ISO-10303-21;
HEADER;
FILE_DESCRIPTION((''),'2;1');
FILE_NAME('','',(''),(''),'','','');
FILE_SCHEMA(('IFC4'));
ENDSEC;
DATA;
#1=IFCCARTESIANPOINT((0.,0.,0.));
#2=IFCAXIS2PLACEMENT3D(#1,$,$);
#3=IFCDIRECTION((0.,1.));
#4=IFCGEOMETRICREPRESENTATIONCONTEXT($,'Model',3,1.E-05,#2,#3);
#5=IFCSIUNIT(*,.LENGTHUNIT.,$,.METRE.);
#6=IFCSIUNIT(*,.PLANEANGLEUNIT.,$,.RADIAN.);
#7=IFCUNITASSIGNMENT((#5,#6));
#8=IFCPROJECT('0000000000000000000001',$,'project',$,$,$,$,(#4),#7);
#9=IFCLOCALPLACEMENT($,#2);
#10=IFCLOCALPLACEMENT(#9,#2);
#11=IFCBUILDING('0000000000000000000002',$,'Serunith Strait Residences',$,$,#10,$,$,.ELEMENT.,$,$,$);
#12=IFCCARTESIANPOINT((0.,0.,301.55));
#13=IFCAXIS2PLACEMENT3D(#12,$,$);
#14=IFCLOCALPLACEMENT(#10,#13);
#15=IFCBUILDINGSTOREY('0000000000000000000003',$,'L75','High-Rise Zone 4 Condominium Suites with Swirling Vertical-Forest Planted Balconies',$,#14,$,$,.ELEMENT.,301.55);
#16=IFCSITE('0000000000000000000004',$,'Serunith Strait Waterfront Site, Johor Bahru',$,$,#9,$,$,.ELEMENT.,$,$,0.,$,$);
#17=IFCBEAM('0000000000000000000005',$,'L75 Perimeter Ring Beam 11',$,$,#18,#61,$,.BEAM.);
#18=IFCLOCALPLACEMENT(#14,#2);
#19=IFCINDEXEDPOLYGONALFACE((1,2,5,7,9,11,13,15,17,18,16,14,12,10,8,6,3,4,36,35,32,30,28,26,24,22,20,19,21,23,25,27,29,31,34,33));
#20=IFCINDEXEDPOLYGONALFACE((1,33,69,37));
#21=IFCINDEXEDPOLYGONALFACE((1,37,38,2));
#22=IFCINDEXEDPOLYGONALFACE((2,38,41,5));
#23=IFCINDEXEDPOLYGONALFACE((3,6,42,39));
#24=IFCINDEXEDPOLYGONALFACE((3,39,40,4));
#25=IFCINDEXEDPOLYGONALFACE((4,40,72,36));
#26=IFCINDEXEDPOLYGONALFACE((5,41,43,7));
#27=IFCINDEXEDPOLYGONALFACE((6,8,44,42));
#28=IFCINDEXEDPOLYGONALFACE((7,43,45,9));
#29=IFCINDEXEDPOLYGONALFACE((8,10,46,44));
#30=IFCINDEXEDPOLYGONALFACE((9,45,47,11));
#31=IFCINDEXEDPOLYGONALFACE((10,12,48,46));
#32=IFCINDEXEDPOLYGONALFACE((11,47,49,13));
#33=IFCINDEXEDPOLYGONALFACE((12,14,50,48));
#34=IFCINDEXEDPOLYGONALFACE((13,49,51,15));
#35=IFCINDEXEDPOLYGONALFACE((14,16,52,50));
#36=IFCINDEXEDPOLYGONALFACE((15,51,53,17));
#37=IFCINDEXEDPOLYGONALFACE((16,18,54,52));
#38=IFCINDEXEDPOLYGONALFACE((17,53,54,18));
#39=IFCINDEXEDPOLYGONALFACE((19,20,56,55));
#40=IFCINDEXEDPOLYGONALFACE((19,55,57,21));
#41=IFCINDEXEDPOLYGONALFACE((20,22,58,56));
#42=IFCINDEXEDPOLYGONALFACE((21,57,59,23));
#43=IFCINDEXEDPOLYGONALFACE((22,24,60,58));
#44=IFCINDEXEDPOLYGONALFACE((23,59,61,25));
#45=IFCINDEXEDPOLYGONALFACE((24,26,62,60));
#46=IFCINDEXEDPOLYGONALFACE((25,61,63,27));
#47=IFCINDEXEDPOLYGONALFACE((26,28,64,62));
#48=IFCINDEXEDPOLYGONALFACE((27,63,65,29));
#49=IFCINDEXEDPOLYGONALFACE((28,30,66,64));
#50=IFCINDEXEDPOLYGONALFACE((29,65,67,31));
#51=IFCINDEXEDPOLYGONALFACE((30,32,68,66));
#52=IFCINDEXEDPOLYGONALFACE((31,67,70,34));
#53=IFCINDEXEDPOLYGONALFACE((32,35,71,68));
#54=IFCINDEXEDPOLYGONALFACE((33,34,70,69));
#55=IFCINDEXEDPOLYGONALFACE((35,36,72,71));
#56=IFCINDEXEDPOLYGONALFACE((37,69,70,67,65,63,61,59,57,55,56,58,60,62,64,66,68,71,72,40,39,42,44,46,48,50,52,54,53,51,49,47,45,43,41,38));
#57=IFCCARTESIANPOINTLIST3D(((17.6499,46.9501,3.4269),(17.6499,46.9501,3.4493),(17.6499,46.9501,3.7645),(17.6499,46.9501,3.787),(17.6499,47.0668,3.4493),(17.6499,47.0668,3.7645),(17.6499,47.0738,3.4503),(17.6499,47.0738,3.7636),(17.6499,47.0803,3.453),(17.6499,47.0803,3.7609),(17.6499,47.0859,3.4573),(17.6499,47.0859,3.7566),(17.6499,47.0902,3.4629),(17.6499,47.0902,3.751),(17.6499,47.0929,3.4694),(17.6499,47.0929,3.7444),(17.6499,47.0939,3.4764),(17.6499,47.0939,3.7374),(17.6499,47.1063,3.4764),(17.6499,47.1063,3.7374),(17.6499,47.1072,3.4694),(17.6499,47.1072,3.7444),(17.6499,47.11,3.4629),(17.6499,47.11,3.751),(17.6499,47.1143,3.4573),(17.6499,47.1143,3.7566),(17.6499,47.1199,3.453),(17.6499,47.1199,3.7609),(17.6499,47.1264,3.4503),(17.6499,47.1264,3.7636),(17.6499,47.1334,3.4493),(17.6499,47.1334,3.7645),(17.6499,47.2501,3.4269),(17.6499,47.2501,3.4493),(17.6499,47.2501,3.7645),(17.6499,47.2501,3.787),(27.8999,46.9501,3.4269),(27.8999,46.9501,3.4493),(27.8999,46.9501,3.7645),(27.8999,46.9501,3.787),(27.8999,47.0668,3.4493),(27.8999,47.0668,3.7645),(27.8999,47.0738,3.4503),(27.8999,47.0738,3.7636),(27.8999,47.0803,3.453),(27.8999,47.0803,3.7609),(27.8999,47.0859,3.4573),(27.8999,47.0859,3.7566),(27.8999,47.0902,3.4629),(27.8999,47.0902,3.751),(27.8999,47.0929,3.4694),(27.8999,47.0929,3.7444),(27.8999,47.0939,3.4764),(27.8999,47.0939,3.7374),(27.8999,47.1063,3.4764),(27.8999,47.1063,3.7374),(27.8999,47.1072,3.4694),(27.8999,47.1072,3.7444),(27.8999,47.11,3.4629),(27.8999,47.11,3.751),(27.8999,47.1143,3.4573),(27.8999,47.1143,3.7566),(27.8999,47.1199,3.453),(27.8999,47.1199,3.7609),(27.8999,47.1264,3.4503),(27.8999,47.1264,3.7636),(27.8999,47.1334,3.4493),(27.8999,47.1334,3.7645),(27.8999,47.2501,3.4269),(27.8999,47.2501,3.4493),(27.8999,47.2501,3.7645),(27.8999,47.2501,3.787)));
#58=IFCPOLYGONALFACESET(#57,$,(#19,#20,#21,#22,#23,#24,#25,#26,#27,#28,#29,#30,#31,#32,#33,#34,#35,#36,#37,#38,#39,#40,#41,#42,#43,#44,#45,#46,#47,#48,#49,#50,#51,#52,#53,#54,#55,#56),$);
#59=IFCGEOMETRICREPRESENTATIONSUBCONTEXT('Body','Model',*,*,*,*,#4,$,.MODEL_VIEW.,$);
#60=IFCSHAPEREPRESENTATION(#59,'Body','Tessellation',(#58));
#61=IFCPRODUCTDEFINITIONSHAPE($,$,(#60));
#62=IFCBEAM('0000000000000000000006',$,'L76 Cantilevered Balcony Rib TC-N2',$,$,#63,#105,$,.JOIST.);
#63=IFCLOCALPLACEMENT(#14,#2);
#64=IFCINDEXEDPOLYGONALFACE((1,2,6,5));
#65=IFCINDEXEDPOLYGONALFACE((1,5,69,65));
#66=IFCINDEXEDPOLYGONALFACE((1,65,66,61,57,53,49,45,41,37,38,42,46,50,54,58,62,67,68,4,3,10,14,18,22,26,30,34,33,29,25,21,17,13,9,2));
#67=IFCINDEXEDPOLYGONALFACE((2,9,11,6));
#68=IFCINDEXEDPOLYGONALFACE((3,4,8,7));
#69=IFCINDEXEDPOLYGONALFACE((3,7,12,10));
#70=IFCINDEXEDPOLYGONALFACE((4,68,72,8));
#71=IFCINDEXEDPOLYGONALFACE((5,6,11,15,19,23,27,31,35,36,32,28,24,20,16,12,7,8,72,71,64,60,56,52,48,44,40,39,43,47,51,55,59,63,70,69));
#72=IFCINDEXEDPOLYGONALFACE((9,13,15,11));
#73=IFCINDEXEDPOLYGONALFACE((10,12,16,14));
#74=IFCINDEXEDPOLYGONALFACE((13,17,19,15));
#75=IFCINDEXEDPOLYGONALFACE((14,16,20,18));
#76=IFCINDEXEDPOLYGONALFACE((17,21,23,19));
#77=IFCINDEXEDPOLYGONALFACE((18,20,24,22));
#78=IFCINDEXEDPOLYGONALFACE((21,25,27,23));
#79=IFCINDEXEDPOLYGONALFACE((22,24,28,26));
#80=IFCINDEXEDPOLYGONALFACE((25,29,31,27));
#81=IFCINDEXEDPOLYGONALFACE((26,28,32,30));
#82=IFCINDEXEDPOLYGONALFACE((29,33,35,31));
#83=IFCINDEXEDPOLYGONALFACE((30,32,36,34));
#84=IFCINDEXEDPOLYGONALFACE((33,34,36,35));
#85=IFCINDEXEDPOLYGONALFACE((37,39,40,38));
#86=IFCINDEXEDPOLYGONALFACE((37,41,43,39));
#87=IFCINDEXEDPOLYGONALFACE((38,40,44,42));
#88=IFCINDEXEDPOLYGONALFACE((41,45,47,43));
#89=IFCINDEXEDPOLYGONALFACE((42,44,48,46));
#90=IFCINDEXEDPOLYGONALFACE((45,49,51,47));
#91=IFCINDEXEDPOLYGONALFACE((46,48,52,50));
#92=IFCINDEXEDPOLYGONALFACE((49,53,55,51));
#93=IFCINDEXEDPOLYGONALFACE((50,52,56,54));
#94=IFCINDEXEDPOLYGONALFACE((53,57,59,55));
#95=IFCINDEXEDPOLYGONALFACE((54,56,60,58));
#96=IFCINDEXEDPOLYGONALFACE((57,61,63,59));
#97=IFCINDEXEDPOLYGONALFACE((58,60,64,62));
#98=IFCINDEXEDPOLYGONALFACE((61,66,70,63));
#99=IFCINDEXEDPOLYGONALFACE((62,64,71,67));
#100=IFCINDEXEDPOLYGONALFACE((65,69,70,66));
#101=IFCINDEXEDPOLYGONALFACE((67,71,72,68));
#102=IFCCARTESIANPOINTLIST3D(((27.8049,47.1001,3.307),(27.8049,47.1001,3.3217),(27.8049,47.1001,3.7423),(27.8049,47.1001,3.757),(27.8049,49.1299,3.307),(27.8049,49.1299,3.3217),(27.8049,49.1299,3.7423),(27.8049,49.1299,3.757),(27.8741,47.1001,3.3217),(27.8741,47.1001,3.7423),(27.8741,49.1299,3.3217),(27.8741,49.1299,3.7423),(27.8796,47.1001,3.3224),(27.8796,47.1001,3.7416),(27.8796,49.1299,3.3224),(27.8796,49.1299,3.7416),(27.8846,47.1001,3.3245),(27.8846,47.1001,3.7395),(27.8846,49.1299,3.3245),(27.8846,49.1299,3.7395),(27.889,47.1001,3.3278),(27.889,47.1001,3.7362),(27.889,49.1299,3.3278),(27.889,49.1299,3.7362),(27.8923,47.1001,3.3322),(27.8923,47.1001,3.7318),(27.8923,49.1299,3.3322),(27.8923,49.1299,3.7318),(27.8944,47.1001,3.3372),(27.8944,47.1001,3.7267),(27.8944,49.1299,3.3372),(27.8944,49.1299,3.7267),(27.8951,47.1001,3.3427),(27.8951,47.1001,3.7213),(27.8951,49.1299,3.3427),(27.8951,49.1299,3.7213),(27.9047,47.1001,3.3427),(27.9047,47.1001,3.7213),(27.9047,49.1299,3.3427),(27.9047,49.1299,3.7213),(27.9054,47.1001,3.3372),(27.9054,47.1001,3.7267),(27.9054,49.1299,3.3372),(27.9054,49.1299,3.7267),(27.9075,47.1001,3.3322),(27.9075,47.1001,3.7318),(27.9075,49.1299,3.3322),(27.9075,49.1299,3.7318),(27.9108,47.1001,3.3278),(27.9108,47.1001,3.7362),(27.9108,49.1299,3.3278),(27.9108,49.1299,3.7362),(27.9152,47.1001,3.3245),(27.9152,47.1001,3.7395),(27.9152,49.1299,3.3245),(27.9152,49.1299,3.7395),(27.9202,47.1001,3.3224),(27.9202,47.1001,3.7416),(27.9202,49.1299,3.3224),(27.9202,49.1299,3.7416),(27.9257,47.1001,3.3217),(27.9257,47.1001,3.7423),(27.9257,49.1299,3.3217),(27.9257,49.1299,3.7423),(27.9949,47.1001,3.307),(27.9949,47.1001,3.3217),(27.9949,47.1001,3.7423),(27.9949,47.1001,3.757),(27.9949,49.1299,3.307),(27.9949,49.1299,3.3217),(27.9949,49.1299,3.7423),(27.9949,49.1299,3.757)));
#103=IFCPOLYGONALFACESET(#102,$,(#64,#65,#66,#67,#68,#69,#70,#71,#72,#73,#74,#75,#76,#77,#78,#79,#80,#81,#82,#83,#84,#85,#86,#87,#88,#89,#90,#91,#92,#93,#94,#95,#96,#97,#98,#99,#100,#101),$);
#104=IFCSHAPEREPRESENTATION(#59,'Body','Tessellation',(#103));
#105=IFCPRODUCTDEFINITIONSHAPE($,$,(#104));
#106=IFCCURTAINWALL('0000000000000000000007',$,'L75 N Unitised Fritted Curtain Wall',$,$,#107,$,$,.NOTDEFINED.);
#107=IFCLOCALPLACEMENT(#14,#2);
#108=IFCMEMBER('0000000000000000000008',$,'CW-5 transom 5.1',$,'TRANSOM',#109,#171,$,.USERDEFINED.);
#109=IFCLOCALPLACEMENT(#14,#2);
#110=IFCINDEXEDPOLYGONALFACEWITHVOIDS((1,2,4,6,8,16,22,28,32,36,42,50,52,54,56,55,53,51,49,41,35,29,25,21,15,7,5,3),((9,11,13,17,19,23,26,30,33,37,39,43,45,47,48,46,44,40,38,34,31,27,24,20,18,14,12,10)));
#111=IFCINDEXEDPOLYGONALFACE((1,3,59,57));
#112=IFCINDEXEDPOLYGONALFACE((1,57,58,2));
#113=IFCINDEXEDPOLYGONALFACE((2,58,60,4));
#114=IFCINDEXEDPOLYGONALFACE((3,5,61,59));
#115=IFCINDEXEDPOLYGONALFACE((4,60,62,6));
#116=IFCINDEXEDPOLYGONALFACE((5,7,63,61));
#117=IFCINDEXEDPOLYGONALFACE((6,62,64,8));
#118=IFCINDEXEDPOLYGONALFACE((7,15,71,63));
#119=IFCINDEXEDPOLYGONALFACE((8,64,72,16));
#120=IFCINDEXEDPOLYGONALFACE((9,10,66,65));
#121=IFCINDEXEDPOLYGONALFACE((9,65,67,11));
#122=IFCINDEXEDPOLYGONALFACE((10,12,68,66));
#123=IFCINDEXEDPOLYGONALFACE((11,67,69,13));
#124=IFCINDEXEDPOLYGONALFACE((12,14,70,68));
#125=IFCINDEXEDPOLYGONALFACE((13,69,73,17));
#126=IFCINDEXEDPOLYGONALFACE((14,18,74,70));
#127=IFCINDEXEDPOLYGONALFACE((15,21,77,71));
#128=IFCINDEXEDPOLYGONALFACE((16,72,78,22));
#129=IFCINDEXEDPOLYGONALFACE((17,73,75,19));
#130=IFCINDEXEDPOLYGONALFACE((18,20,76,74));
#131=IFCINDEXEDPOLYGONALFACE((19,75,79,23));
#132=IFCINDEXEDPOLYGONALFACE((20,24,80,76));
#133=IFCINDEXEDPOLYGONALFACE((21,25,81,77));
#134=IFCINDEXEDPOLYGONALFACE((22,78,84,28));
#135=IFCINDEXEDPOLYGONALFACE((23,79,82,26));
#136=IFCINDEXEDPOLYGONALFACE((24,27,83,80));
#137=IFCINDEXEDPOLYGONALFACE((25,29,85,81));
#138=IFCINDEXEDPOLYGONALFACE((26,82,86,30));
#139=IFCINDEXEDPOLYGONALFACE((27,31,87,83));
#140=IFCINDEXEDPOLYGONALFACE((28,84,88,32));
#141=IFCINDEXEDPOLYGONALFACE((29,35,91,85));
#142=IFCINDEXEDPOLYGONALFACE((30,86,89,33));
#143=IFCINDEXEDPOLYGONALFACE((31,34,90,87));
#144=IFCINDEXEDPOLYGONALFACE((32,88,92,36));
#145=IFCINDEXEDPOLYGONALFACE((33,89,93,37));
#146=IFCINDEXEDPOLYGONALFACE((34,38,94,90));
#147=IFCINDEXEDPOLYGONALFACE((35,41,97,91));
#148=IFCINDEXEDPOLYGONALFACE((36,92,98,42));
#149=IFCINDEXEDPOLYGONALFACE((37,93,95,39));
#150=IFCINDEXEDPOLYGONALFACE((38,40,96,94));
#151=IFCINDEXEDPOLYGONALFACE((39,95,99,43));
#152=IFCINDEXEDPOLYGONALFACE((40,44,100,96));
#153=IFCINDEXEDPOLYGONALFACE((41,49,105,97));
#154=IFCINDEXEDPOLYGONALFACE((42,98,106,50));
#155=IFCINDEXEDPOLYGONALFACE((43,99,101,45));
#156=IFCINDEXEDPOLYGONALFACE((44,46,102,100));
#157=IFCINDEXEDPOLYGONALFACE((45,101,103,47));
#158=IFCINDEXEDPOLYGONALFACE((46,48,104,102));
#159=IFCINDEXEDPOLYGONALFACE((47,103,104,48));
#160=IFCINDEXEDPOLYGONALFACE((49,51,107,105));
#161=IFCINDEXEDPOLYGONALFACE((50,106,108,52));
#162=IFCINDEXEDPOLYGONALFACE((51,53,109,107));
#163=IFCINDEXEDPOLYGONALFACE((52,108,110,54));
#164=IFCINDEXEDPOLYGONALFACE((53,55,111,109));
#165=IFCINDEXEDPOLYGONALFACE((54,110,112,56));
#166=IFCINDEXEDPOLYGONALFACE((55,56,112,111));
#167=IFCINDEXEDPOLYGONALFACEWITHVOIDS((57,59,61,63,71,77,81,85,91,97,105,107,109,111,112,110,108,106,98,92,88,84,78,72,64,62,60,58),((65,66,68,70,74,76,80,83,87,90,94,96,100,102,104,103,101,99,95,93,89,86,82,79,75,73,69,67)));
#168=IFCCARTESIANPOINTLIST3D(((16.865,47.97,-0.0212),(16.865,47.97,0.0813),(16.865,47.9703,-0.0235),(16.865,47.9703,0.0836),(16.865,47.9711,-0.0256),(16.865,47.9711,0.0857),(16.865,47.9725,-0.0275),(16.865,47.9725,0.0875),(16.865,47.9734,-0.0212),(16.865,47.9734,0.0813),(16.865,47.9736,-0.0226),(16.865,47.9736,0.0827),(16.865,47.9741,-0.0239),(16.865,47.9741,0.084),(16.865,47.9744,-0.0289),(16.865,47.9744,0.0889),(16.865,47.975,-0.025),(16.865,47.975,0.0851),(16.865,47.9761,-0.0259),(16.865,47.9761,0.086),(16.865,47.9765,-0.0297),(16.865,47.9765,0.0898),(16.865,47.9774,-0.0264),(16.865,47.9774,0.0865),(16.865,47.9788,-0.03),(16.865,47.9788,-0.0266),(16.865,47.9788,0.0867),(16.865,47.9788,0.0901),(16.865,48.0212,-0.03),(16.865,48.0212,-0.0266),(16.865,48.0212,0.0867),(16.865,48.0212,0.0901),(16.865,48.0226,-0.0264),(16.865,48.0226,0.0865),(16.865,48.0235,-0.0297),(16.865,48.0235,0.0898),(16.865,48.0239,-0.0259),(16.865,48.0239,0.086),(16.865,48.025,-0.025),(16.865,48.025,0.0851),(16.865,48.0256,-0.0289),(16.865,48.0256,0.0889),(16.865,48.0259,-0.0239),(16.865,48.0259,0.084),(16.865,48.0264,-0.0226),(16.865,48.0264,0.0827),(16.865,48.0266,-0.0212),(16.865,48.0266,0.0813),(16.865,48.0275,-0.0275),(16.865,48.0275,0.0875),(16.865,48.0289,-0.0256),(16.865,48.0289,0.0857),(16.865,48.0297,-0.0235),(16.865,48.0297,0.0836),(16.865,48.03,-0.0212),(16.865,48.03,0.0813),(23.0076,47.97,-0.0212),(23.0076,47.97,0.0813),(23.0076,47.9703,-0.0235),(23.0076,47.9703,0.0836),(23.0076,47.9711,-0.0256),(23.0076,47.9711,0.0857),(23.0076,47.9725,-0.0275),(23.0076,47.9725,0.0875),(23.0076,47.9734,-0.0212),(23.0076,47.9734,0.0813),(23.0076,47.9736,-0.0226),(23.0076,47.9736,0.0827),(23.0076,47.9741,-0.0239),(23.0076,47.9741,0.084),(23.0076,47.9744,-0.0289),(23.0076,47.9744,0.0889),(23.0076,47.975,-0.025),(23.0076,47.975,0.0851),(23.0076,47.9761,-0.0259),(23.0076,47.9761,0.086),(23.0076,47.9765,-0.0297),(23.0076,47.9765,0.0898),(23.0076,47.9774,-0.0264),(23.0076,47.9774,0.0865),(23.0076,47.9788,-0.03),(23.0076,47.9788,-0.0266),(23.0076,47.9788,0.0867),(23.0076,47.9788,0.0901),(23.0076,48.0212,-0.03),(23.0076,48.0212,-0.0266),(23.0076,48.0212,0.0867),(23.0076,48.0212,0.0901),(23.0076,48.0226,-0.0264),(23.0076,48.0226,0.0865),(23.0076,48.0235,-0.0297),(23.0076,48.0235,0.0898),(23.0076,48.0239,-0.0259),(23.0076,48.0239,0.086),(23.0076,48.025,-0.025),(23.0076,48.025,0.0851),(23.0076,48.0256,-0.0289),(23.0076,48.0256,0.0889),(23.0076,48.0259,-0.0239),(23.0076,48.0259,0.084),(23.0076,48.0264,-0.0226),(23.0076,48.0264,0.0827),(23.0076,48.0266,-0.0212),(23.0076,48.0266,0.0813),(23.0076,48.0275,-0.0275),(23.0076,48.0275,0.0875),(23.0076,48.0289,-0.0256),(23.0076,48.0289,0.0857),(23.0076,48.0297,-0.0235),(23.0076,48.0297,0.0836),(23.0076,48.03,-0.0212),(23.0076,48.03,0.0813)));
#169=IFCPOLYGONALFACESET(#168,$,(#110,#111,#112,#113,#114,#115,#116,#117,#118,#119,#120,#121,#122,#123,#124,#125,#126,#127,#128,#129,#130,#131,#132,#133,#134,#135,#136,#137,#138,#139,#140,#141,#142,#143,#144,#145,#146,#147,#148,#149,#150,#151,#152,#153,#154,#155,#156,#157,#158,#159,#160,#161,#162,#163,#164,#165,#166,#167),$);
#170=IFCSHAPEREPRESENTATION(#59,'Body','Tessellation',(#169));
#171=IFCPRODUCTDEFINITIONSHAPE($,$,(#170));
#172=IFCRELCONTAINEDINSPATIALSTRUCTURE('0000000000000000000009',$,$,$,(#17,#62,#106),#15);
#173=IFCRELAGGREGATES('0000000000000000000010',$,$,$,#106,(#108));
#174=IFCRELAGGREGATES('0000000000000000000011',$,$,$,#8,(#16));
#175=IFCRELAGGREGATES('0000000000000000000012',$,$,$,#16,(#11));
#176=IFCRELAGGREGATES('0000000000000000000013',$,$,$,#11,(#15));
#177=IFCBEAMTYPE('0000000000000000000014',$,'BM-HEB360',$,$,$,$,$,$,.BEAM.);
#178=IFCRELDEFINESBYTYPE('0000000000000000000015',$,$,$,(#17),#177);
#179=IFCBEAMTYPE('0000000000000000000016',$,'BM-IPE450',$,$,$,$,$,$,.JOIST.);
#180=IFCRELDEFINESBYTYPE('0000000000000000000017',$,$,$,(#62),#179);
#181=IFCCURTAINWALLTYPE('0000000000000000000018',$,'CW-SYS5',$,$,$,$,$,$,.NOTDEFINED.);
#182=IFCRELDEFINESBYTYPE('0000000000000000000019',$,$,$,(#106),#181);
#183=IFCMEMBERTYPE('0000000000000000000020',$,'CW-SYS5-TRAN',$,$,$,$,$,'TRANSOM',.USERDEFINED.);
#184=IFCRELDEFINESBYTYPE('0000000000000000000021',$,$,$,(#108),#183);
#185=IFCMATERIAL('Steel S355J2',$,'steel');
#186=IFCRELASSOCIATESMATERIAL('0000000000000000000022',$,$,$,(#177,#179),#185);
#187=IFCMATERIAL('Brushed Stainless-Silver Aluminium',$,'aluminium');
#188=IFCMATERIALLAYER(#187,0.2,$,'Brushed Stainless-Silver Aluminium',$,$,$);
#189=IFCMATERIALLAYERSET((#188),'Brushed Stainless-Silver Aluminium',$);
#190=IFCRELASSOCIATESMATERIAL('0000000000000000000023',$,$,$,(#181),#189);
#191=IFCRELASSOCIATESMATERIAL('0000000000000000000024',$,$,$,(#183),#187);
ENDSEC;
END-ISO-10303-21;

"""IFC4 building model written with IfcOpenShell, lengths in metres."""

from ifc_helpers import new_model, si_unit, direction, frame, origin, origin_2d, place, context, subcontext, project, spatial, hollow_rectangle, i_section, extrude, source, transform, mapped, material, layer, layer_set, material_profile, profile_set, type_object, element, aggregate, save


model = new_model("IFC4")

# Units and contexts
model_context = context("Model", 3, precision=1e-05, world=origin(), true_north=direction((0.0, 1.0)))
body_context = subcontext(model_context, "Body", "Model", "MODEL_VIEW")
ifc_project = project(units=[si_unit("LENGTHUNIT", "METRE"), si_unit("PLANEANGLEUNIT", "RADIAN")], contexts=[model_context])

# Site, building, storey
site_placement = place(None, origin())
site = spatial("IfcSite", under=ifc_project, at=site_placement, Name="Serunith Strait Waterfront Site, Johor Bahru", CompositionType="ELEMENT", RefElevation=0.0)
building_placement = place(site_placement, origin())
building = spatial("IfcBuilding", under=site, at=building_placement, Name="Serunith Strait Residences", CompositionType="ELEMENT")
storey_placement = place(building_placement, frame((0.0, 0.0, 301.55)))
storey = spatial("IfcBuildingStorey", under=building, at=storey_placement, Name="L75", Description="High-Rise Zone 4 Condominium Suites with Swirling Vertical-Forest Planted Balconies", CompositionType="ELEMENT", Elevation=301.55)

# Beams
ifc_material_1 = material(Name="Steel S355J2", Category="steel")
ifc_material_profile_1 = material_profile(ifc_material_1, i_section(OverallWidth=0.3, OverallDepth=0.3601, WebThickness=0.0125, FlangeThickness=0.0225, FilletRadius=0.0271, at=origin_2d()), Name="HEB 360")
ifc_profile_set_1 = profile_set([ifc_material_profile_1], Name="Steel S355J2")
beam_type_1 = type_object("IfcBeamType", Name="BM-HEB360", PredefinedType="BEAM", material=ifc_profile_set_1)
shared_shape_1 = source(origin(), body_context, "Body", "SweptSolid", [
    extrude(i_section(OverallWidth=0.3, OverallDepth=0.3601, WebThickness=0.0125, FlangeThickness=0.0225, FilletRadius=0.0271, at=origin_2d()), origin(), (0.0, 0.0, 1.0), 10.25),
])
beam_1_placement = place(storey_placement, frame((27.8999, 47.1001, 3.6069), z_axis=(-1.0, 0.0, 0.0), x_axis=(0.0, -1.0, 0.0)))
element("IfcBeam", 1, at=beam_1_placement, inside=storey, type_object=beam_type_1, Name="L75 Perimeter Ring Beam 11", PredefinedType="BEAM", context=body_context, shape_type="MappedRepresentation", body=[
    mapped(shared_shape_1, transform((0.0, 0.0, 0.0), scale=1.0)),
])
ifc_material_profile_2 = material_profile(ifc_material_1, i_section(OverallWidth=0.1899, OverallDepth=0.45, WebThickness=0.0095, FlangeThickness=0.0146, FilletRadius=0.021, at=origin_2d()), Name="IPE 450")
ifc_profile_set_2 = profile_set([ifc_material_profile_2], Name="Steel S355J2")
beam_type_2 = type_object("IfcBeamType", Name="BM-IPE450", PredefinedType="JOIST", material=ifc_profile_set_2)
shared_shape_2 = source(origin(), body_context, "Body", "SweptSolid", [
    extrude(i_section(OverallWidth=0.1899, OverallDepth=0.45, WebThickness=0.0095, FlangeThickness=0.0146, FilletRadius=0.021, at=origin_2d()), origin(), (0.0, 0.0, 1.0), 2.0298),
])
beam_2_placement = place(storey_placement, frame((27.8999, 47.1001, 3.532), z_axis=(0.0, 1.0, 0.0), x_axis=(-1.0, 0.0, 0.0)))
element("IfcBeam", 2, at=beam_2_placement, inside=storey, type_object=beam_type_2, Name="L76 Cantilevered Balcony Rib TC-N2", PredefinedType="JOIST", context=body_context, shape_type="MappedRepresentation", body=[
    mapped(shared_shape_2, transform((0.0, 0.0, 0.0), scale=1.0)),
])

# Curtain wall, member
ifc_material_2 = material(Name="Brushed Stainless-Silver Aluminium", Category="aluminium")
ifc_layer_1 = layer(ifc_material_2, 0.2, Name="Brushed Stainless-Silver Aluminium")
ifc_layer_set_1 = layer_set([ifc_layer_1], Name="Brushed Stainless-Silver Aluminium")
curtain_wall_type = type_object("IfcCurtainWallType", Name="CW-SYS5", PredefinedType="NOTDEFINED", material=ifc_layer_set_1)
curtain_wall_placement = place(storey_placement, origin())
curtain_wall = element("IfcCurtainWall", 3, at=curtain_wall_placement, inside=storey, type_object=curtain_wall_type, Name="L75 N Unitised Fritted Curtain Wall", PredefinedType="NOTDEFINED")
ifc_material_profile_3 = material_profile(ifc_material_2, hollow_rectangle(XDim=0.0601, YDim=0.1201, WallThickness=0.0034, InnerFilletRadius=0.0054, OuterFilletRadius=0.0088, at=origin_2d()), Name="ALU 120x60x3.5")
ifc_profile_set_3 = profile_set([ifc_material_profile_3], Name="Brushed Stainless-Silver Aluminium")
member_type_1 = type_object("IfcMemberType", Name="CW-SYS5-TRAN", ElementType="TRANSOM", PredefinedType="USERDEFINED", material=ifc_profile_set_3)
shared_shape_3 = source(origin(), body_context, "Body", "SweptSolid", [
    extrude(hollow_rectangle(XDim=0.0601, YDim=0.1201, WallThickness=0.0034, InnerFilletRadius=0.0054, OuterFilletRadius=0.0088, at=origin_2d()), origin(), (0.0, 0.0, 1.0), 6.1426),
])
member_1_placement = place(storey_placement, frame((23.0076, 48.0, 0.03), z_axis=(-1.0, 0.0, 0.0), x_axis=(0.0, -1.0, 0.0)))
member_1 = element("IfcMember", 4, at=member_1_placement, type_object=member_type_1, Name="CW-5 transom 5.1", ObjectType="TRANSOM", PredefinedType="USERDEFINED", context=body_context, shape_type="MappedRepresentation", body=[
    mapped(shared_shape_3, transform((0.0, 0.0, 0.0), scale=1.0)),
])
aggregate(curtain_wall, [member_1])

save(model, "model.ifc")
